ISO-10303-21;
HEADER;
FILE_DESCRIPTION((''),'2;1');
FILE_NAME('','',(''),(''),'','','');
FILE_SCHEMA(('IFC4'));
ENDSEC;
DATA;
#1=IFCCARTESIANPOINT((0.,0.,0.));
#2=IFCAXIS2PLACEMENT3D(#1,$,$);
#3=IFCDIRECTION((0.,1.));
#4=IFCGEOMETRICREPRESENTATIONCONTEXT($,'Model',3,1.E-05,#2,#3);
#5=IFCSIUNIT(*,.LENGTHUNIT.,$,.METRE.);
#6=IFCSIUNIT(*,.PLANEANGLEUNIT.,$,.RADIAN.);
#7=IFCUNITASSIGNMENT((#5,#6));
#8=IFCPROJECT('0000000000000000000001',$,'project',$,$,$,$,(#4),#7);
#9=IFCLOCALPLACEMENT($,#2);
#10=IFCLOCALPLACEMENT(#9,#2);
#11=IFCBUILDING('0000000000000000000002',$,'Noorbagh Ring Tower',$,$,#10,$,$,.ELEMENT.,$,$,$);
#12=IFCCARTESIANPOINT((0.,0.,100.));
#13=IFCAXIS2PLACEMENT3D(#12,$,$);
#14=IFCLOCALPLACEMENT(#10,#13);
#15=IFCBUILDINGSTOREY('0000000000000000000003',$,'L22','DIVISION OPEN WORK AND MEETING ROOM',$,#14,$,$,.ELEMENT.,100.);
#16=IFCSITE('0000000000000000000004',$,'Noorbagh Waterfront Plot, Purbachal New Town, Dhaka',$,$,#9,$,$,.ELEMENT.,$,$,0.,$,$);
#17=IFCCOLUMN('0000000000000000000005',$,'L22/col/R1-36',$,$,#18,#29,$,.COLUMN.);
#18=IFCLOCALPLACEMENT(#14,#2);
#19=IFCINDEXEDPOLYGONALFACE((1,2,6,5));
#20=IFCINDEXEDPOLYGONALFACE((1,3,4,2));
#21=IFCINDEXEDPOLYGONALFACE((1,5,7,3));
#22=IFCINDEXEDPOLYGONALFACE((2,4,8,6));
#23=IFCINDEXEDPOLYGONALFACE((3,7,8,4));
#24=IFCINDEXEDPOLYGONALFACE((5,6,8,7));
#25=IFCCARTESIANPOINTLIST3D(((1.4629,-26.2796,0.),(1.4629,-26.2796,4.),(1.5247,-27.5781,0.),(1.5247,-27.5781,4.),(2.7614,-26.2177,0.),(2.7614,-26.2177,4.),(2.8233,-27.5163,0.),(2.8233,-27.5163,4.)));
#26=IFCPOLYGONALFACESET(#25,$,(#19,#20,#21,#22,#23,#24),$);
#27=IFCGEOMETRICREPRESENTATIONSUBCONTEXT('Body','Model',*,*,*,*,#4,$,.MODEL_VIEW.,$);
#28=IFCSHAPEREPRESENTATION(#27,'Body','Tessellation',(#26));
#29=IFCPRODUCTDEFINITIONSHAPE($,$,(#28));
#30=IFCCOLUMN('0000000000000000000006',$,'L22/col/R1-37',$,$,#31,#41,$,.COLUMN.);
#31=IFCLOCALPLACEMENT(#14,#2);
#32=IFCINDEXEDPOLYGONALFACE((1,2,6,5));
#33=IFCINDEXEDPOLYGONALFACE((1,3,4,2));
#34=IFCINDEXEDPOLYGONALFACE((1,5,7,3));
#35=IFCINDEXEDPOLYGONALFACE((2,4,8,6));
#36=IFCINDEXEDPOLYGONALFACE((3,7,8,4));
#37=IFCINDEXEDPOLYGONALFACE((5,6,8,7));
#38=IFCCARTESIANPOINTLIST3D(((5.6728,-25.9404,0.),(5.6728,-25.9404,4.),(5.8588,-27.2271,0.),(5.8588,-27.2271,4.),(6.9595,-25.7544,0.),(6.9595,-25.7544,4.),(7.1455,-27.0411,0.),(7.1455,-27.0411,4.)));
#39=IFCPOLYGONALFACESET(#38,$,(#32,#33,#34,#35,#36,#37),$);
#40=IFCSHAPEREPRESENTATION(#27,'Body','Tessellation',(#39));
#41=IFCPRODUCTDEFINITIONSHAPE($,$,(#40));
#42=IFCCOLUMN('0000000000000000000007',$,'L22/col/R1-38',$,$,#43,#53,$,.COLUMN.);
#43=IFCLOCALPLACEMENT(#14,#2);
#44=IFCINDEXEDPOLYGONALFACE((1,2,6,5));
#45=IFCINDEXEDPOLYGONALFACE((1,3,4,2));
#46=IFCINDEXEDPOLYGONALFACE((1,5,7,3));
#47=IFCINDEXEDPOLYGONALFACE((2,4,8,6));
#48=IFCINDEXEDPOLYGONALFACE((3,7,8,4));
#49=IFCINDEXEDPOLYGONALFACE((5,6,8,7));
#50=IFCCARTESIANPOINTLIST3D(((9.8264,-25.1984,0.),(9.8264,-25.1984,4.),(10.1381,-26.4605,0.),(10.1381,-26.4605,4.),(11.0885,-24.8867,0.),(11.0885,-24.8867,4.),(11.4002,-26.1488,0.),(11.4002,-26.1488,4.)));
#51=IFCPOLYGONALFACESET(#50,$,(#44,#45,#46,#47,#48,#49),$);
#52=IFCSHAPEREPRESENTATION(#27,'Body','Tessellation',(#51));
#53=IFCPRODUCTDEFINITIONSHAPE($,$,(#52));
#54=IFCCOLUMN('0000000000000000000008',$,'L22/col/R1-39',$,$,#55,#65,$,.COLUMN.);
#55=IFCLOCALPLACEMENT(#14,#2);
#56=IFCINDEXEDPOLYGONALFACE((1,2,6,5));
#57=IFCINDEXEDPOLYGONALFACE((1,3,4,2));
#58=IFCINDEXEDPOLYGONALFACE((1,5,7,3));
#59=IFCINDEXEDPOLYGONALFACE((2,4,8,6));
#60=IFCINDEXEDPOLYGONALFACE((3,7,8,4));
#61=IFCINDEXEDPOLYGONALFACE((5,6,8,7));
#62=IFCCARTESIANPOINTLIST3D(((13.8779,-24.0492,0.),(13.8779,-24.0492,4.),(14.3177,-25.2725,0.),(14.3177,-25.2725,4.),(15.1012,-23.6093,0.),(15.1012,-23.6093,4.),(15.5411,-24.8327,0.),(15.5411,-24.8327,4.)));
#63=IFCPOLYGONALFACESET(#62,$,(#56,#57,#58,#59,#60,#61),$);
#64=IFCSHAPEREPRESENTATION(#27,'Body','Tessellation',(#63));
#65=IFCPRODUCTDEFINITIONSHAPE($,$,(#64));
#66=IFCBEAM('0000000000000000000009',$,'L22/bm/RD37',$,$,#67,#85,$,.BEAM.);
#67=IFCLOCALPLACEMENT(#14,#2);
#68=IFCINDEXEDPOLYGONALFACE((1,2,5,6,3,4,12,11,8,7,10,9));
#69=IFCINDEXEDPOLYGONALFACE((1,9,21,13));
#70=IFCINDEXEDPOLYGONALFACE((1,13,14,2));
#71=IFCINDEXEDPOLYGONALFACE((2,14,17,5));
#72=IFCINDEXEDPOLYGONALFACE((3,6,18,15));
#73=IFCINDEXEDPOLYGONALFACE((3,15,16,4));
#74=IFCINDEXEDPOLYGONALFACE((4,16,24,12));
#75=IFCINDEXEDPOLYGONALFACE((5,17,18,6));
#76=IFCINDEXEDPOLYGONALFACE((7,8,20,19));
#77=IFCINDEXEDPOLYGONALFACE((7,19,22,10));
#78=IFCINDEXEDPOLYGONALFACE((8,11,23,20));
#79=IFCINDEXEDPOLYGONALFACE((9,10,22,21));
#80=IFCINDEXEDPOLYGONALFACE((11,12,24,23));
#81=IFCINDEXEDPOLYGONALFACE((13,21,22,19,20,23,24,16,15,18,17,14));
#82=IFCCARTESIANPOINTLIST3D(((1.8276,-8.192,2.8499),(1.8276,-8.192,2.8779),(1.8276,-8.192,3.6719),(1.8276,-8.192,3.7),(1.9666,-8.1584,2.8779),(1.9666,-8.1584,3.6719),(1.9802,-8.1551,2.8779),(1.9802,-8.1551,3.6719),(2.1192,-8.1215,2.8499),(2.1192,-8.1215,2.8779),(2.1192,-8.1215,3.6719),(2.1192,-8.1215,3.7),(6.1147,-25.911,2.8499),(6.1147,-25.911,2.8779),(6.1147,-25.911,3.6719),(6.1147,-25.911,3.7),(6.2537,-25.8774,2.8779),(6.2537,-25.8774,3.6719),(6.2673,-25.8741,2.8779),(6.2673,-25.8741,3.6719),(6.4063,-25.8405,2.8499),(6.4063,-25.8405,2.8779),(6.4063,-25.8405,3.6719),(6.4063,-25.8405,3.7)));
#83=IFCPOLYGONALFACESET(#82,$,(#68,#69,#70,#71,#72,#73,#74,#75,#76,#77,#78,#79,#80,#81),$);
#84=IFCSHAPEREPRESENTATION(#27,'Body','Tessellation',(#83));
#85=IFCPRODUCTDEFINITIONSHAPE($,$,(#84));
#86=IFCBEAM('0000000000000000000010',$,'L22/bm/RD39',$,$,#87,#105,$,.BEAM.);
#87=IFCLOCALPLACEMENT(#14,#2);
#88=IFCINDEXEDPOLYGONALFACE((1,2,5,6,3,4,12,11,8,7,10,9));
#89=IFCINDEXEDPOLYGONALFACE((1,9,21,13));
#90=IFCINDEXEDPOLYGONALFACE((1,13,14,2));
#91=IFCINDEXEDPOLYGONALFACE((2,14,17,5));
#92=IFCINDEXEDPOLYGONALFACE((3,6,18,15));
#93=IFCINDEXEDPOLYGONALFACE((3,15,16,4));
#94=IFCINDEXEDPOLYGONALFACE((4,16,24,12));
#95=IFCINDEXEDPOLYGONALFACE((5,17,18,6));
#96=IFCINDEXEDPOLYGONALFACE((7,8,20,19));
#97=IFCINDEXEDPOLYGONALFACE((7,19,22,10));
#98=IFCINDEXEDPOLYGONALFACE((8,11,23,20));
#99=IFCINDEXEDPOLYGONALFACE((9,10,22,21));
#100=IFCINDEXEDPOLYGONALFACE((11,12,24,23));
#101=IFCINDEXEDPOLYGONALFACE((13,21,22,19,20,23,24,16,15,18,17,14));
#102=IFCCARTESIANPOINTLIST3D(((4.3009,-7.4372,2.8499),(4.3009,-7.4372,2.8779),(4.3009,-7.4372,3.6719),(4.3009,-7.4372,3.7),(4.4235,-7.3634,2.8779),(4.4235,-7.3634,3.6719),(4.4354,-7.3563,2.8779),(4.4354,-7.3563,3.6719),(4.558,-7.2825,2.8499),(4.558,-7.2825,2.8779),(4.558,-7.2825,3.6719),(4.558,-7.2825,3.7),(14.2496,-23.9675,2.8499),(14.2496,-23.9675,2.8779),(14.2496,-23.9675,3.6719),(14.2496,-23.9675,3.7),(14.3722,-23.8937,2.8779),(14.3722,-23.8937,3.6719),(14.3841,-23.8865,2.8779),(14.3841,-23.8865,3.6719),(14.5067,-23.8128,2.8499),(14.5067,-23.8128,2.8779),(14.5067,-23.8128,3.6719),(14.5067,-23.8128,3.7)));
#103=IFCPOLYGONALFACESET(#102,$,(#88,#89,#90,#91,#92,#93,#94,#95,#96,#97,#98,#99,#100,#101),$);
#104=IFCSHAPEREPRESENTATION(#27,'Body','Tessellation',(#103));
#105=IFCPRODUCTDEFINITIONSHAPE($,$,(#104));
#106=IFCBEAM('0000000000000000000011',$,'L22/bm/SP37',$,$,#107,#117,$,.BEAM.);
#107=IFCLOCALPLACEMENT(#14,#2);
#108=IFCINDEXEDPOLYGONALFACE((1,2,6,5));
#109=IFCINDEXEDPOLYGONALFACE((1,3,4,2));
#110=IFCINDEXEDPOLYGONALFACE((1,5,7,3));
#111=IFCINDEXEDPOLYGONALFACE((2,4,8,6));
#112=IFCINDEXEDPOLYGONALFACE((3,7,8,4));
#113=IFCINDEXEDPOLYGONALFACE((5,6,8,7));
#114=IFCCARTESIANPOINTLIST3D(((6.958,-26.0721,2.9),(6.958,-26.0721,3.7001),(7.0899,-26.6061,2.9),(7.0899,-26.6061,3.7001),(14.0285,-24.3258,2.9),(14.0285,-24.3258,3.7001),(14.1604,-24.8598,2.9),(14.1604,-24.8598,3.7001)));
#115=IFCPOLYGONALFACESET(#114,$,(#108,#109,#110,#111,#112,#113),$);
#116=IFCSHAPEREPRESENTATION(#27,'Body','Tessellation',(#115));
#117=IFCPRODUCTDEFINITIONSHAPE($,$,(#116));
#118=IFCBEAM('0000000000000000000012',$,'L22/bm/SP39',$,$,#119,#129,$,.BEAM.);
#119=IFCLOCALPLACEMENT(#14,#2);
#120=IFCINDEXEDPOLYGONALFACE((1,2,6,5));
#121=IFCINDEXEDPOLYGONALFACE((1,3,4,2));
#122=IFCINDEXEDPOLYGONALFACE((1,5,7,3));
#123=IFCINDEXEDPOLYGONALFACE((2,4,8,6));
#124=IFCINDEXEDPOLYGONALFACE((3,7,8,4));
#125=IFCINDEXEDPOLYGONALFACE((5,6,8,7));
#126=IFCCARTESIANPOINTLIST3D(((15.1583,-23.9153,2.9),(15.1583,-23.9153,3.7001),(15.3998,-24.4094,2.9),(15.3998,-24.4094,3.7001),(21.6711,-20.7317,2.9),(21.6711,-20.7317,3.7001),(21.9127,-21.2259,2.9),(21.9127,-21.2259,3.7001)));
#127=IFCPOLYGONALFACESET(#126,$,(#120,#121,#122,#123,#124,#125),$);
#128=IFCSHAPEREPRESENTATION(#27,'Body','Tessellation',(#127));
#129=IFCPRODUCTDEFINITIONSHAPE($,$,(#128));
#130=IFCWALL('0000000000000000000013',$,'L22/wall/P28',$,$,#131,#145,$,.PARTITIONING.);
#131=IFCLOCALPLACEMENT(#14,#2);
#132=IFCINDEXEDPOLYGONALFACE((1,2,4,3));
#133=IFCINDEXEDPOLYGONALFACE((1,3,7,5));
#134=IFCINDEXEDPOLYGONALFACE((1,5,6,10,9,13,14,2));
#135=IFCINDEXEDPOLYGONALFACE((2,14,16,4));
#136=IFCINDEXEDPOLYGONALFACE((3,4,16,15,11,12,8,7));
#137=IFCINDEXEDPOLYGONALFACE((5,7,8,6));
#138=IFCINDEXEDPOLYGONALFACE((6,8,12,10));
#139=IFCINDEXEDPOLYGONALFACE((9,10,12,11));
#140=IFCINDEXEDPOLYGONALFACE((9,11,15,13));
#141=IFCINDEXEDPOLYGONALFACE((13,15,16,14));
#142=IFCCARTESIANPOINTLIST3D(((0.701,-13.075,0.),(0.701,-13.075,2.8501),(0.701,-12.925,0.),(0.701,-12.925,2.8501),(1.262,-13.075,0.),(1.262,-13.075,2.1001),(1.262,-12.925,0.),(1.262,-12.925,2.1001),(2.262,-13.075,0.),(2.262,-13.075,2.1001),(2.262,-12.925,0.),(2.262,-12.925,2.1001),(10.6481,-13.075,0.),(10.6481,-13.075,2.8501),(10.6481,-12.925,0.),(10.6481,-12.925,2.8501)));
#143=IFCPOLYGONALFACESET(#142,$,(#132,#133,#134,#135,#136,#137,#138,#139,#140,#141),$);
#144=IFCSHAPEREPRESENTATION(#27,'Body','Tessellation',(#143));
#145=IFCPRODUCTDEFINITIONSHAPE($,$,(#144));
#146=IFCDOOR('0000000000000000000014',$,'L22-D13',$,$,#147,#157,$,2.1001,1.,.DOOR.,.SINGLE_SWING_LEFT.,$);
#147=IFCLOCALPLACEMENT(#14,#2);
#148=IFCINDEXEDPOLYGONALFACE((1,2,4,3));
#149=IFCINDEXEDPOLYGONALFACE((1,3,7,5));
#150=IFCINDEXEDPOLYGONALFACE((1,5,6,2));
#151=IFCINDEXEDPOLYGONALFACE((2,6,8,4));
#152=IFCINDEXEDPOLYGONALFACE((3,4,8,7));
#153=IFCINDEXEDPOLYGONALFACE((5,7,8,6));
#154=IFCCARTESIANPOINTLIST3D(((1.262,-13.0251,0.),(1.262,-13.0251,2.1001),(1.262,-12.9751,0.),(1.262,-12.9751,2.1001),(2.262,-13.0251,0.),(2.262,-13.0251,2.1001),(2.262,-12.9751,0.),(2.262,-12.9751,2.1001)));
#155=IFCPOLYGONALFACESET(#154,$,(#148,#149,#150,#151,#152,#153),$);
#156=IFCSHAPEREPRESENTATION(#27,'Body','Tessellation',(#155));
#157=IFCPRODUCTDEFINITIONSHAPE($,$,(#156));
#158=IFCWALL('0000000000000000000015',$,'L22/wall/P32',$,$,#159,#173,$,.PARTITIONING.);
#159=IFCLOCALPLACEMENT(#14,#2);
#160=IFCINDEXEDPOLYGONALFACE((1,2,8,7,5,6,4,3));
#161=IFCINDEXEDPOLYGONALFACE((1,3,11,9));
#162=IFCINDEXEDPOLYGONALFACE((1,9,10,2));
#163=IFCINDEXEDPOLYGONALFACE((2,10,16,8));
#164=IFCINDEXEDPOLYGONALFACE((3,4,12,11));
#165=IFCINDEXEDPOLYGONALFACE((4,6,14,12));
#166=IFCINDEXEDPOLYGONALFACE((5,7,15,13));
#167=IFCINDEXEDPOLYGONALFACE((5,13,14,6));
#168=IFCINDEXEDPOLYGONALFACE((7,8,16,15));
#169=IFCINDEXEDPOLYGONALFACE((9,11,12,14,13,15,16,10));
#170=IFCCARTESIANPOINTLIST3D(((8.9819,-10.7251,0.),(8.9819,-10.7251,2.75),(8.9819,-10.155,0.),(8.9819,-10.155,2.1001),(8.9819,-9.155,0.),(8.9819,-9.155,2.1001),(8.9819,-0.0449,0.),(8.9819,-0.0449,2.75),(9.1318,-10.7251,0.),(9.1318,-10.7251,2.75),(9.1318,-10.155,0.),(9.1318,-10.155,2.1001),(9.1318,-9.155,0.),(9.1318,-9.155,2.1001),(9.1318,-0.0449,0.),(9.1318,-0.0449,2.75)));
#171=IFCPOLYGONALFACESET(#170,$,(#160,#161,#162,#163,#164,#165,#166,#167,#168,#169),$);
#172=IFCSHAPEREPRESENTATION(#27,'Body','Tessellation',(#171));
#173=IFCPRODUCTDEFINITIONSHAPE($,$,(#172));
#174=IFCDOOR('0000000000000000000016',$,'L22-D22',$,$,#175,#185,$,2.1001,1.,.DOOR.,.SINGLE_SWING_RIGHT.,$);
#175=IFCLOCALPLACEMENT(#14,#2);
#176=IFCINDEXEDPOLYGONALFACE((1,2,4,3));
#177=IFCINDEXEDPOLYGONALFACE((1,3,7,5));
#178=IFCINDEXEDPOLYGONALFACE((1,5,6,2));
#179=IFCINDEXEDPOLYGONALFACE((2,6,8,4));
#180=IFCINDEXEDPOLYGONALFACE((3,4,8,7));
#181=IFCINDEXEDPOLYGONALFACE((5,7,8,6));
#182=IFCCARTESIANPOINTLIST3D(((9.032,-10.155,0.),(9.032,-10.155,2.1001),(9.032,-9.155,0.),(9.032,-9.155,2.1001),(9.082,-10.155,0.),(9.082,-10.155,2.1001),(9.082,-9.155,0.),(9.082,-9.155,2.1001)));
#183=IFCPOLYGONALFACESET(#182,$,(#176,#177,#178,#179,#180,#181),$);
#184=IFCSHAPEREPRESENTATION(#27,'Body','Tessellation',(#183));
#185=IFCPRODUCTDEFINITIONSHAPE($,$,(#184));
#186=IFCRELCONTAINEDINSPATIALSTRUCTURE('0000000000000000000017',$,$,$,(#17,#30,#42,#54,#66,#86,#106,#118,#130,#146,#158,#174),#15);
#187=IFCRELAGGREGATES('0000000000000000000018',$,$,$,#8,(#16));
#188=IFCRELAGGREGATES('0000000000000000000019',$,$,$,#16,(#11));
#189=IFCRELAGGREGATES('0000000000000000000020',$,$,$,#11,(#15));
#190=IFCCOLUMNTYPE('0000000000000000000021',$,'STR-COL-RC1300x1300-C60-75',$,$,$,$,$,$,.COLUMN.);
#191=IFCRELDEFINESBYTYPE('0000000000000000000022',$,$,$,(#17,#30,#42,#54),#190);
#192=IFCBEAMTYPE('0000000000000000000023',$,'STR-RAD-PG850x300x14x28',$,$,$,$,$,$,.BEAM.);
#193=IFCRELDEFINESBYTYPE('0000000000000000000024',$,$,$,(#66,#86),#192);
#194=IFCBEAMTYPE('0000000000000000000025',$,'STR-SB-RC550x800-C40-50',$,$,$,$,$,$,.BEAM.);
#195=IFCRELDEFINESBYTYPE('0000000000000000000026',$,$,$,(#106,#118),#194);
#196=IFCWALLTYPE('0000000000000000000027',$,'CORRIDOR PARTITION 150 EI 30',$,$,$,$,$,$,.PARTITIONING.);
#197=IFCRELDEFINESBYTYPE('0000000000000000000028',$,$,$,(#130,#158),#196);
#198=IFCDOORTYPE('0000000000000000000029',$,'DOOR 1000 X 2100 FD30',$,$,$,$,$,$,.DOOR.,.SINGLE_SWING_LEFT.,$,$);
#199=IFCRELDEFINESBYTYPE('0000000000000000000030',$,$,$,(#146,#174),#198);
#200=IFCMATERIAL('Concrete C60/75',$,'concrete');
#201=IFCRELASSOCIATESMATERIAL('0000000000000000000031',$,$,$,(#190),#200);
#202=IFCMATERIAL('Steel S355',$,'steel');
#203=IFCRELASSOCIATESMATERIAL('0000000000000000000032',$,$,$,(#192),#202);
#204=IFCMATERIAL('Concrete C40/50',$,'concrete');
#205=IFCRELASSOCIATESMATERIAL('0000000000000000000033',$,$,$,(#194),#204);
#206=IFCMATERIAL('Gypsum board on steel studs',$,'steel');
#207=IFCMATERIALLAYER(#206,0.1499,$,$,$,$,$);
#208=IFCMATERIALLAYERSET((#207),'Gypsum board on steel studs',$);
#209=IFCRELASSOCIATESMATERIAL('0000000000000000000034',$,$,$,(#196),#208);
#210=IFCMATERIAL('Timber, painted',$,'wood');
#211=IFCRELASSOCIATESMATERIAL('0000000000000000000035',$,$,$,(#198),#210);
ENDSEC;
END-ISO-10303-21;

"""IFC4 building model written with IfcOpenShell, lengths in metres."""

from ifc_helpers import new_model, si_unit, direction, frame, frame_2d, origin, origin_2d, place, context, subcontext, project, spatial, rectangle, i_section, extrude, material, layer, layer_set, material_profile, profile_set, type_object, element, fill, save


model = new_model("IFC4")

# Units and contexts
model_context = context("Model", 3, precision=1e-05, world=origin(), true_north=direction((0.0, 1.0)))
body_context = subcontext(model_context, "Body", "Model", "MODEL_VIEW")
ifc_project = project(units=[si_unit("LENGTHUNIT", "METRE"), si_unit("PLANEANGLEUNIT", "RADIAN")], contexts=[model_context])

# Site, building, storey
site_placement = place(None, origin())
site = spatial("IfcSite", under=ifc_project, at=site_placement, Name="Noorbagh Waterfront Plot, Purbachal New Town, Dhaka", CompositionType="ELEMENT", RefElevation=0.0)
building_placement = place(site_placement, origin())
building = spatial("IfcBuilding", under=site, at=building_placement, Name="Noorbagh Ring Tower", CompositionType="ELEMENT")
storey_placement = place(building_placement, frame((0.0, 0.0, 100.0)))
storey = spatial("IfcBuildingStorey", under=building, at=storey_placement, Name="L22", Description="DIVISION OPEN WORK AND MEETING ROOM", CompositionType="ELEMENT", Elevation=100.0)

# Columns
ifc_material_1 = material(Name="Concrete C60/75", Category="concrete")
ifc_material_profile_1 = material_profile(ifc_material_1, rectangle(XDim=1.3, YDim=1.3, at=origin_2d()), Name="RC1300x1300")
ifc_profile_set_1 = profile_set([ifc_material_profile_1], Name="Concrete C60/75")
column_type = type_object("IfcColumnType", Name="STR-COL-RC1300x1300-C60-75", PredefinedType="COLUMN", material=ifc_profile_set_1)
for number, where, z_axis, x_axis, name in (
    (1, (2.1431, -26.8979, 0.0), (0.0, 0.0, 1.0), (0.998869, 0.047553, 0.0), "L22/col/R1-36"),
    (2, (6.4092, -26.4907, 0.0), (0.0, 0.0, 1.0), (0.989713, 0.143066, 0.0), "L22/col/R1-37"),
    (3, (10.6133, -25.6736, 0.0), (0.0, 0.0, 1.0), (0.970829, 0.239771, 0.0), "L22/col/R1-38"),
    (4, (14.7095, -24.4409, 0.0), (0.0, 0.0, 1.0), (0.941025, 0.338338, 0.0), "L22/col/R1-39"),
):
    element("IfcColumn", number, at=place(storey_placement, frame(where, z_axis=z_axis, x_axis=x_axis)), inside=storey, type_object=column_type, Name=name, PredefinedType="COLUMN", context=body_context, shape_type="SweptSolid", body=[
        extrude(rectangle(XDim=1.3, YDim=1.3, at=origin_2d()), origin(), (0.0, 0.0, 1.0), 4.0),
    ])

# Beams
ifc_material_2 = material(Name="Steel S355", Category="steel")
ifc_material_profile_2 = material_profile(ifc_material_2, i_section(OverallWidth=0.3, OverallDepth=0.8501, WebThickness=0.0139, FlangeThickness=0.0281, at=origin_2d()), Name="PG850x300x14x28")
ifc_profile_set_2 = profile_set([ifc_material_profile_2], Name="Steel S355")
beam_type_1 = type_object("IfcBeamType", Name="STR-RAD-PG850x300x14x28", PredefinedType="BEAM", material=ifc_profile_set_2)
beam_1_placement = place(storey_placement, frame((6.2605, -25.8757, 3.2749), z_axis=(-0.235165, 0.971956, 0.0), x_axis=(-0.971956, -0.235165, 0.0)))
element("IfcBeam", 5, at=beam_1_placement, inside=storey, type_object=beam_type_1, Name="L22/bm/RD37", PredefinedType="BEAM", context=body_context, shape_type="SweptSolid", body=[
    extrude(i_section(OverallWidth=0.3, OverallDepth=0.8501, WebThickness=0.0139, FlangeThickness=0.0281, at=origin_2d()), origin(), (0.0, 0.0, 1.0), 18.2302),
])
beam_2_placement = place(storey_placement, frame((14.3782, -23.8901, 3.2749), z_axis=(-0.51566, 0.856793, 0.0), x_axis=(-0.856793, -0.51566, 0.0)))
element("IfcBeam", 6, at=beam_2_placement, inside=storey, type_object=beam_type_1, Name="L22/bm/RD39", PredefinedType="BEAM", context=body_context, shape_type="SweptSolid", body=[
    extrude(i_section(OverallWidth=0.3, OverallDepth=0.8501, WebThickness=0.0139, FlangeThickness=0.0281, at=origin_2d()), origin(), (0.0, 0.0, 1.0), 19.2932),
])
ifc_material_3 = material(Name="Concrete C40/50", Category="concrete")
ifc_material_profile_3 = material_profile(ifc_material_3, rectangle(XDim=0.55, YDim=0.8, at=origin_2d()), Name="RC550x800")
ifc_profile_set_3 = profile_set([ifc_material_profile_3], Name="Concrete C40/50")
beam_type_2 = type_object("IfcBeamType", Name="STR-SB-RC550x800-C40-50", PredefinedType="BEAM", material=ifc_profile_set_3)
beam_3_placement = place(storey_placement, frame((7.0239, -26.3391, 3.3), z_axis=(0.970827, 0.239782, 0.0), x_axis=(-0.239782, 0.970827, 0.0)))
element("IfcBeam", 7, at=beam_3_placement, inside=storey, type_object=beam_type_2, Name="L22/bm/SP37", PredefinedType="BEAM", context=body_context, shape_type="SweptSolid", body=[
    extrude(rectangle(XDim=0.55, YDim=0.8, at=origin_2d()), origin(), (0.0, 0.0, 1.0), 7.283),
])
beam_4_placement = place(storey_placement, frame((15.2791, -24.1624, 3.3), z_axis=(0.898412, 0.439153, 0.0), x_axis=(-0.439153, 0.898412, 0.0)))
element("IfcBeam", 8, at=beam_4_placement, inside=storey, type_object=beam_type_2, Name="L22/bm/SP39", PredefinedType="BEAM", context=body_context, shape_type="SweptSolid", body=[
    extrude(rectangle(XDim=0.55, YDim=0.8, at=origin_2d()), origin(), (0.0, 0.0, 1.0), 7.2493),
])

# Walls, openings, doors
ifc_material_4 = material(Name="Gypsum board on steel studs", Category="steel")
ifc_layer_1 = layer(ifc_material_4, 0.1499)
ifc_layer_set_1 = layer_set([ifc_layer_1], Name="Gypsum board on steel studs")
wall_type_1 = type_object("IfcWallType", Name="CORRIDOR PARTITION 150 EI 30", PredefinedType="PARTITIONING", material=ifc_layer_set_1)
wall_1_placement = place(storey_placement, frame((0.7009, -13.0, 0.0), z_axis=(0.0, 0.0, 1.0), x_axis=(1.0, 0.0, 0.0)))
wall_1 = element("IfcWall", 9, at=wall_1_placement, inside=storey, type_object=wall_type_1, Name="L22/wall/P28", PredefinedType="PARTITIONING", context=body_context, shape_type="SweptSolid", body=[
    extrude(rectangle(XDim=9.947, YDim=0.1499, at=frame_2d((4.9736, 0.0))), origin(), (0.0, 0.0, 1.0), 2.8501),
])
opening_1_placement = place(wall_1_placement, frame((0.561, 0.0, 0.0)))
opening_1 = element("IfcOpeningElement", 10, at=opening_1_placement, cuts=wall_1, PredefinedType="OPENING", context=body_context, shape_type="SweptSolid", body=[
    extrude(rectangle(XDim=1.0, YDim=2.1001, at=frame_2d((0.5, 1.05))), frame((0.0, 0.085, 0.0), z_axis=(0.0, -1.0, 0.0), x_axis=(1.0, 0.0, 0.0)), (0.0, 0.0, 1.0), 0.1699),
])
ifc_material_5 = material(Name="Timber, painted", Category="wood")
door_type = type_object("IfcDoorType", Name="DOOR 1000 X 2100 FD30", OperationType="SINGLE_SWING_LEFT", PredefinedType="DOOR", material=ifc_material_5)
door_1_placement = place(opening_1_placement, origin())
door_1 = element("IfcDoor", 11, at=door_1_placement, inside=storey, type_object=door_type, Name="L22-D13", OperationType="SINGLE_SWING_LEFT", OverallHeight=2.1001, OverallWidth=1.0, PredefinedType="DOOR", context=body_context, shape_type="SweptSolid", body=[
    extrude(rectangle(XDim=1.0, YDim=2.1001, at=frame_2d((0.5, 1.05))), frame((0.0, 0.0249, 0.0), z_axis=(0.0, -1.0, 0.0), x_axis=(1.0, 0.0, 0.0)), (0.0, 0.0, 1.0), 0.05),
])
fill(opening_1, door_1)
wall_2_placement = place(storey_placement, frame((9.0569, -10.7251, 0.0), z_axis=(0.0, 0.0, 1.0), x_axis=(0.0, 1.0, 0.0)))
wall_2 = element("IfcWall", 12, at=wall_2_placement, inside=storey, type_object=wall_type_1, Name="L22/wall/P32", PredefinedType="PARTITIONING", context=body_context, shape_type="SweptSolid", body=[
    extrude(rectangle(XDim=10.6802, YDim=0.1499, at=frame_2d((5.3401, 0.0))), origin(), (0.0, 0.0, 1.0), 2.75),
])
opening_2_placement = place(wall_2_placement, frame((0.5701, 0.0, 0.0)))
opening_2 = element("IfcOpeningElement", 13, at=opening_2_placement, cuts=wall_2, PredefinedType="OPENING", context=body_context, shape_type="SweptSolid", body=[
    extrude(rectangle(XDim=1.0, YDim=2.1001, at=frame_2d((0.5, 1.05))), frame((0.0, 0.085, 0.0), z_axis=(0.0, -1.0, 0.0), x_axis=(1.0, 0.0, 0.0)), (0.0, 0.0, 1.0), 0.1699),
])
door_2_placement = place(opening_2_placement, origin())
door_2 = element("IfcDoor", 14, at=door_2_placement, inside=storey, type_object=door_type, Name="L22-D22", OperationType="SINGLE_SWING_RIGHT", OverallHeight=2.1001, OverallWidth=1.0, PredefinedType="DOOR", context=body_context, shape_type="SweptSolid", body=[
    extrude(rectangle(XDim=1.0, YDim=2.1001, at=frame_2d((0.5, 1.05))), frame((0.0, 0.0249, 0.0), z_axis=(0.0, -1.0, 0.0), x_axis=(1.0, 0.0, 0.0)), (0.0, 0.0, 1.0), 0.05),
])
fill(opening_2, door_2)

save(model, "model.ifc")
